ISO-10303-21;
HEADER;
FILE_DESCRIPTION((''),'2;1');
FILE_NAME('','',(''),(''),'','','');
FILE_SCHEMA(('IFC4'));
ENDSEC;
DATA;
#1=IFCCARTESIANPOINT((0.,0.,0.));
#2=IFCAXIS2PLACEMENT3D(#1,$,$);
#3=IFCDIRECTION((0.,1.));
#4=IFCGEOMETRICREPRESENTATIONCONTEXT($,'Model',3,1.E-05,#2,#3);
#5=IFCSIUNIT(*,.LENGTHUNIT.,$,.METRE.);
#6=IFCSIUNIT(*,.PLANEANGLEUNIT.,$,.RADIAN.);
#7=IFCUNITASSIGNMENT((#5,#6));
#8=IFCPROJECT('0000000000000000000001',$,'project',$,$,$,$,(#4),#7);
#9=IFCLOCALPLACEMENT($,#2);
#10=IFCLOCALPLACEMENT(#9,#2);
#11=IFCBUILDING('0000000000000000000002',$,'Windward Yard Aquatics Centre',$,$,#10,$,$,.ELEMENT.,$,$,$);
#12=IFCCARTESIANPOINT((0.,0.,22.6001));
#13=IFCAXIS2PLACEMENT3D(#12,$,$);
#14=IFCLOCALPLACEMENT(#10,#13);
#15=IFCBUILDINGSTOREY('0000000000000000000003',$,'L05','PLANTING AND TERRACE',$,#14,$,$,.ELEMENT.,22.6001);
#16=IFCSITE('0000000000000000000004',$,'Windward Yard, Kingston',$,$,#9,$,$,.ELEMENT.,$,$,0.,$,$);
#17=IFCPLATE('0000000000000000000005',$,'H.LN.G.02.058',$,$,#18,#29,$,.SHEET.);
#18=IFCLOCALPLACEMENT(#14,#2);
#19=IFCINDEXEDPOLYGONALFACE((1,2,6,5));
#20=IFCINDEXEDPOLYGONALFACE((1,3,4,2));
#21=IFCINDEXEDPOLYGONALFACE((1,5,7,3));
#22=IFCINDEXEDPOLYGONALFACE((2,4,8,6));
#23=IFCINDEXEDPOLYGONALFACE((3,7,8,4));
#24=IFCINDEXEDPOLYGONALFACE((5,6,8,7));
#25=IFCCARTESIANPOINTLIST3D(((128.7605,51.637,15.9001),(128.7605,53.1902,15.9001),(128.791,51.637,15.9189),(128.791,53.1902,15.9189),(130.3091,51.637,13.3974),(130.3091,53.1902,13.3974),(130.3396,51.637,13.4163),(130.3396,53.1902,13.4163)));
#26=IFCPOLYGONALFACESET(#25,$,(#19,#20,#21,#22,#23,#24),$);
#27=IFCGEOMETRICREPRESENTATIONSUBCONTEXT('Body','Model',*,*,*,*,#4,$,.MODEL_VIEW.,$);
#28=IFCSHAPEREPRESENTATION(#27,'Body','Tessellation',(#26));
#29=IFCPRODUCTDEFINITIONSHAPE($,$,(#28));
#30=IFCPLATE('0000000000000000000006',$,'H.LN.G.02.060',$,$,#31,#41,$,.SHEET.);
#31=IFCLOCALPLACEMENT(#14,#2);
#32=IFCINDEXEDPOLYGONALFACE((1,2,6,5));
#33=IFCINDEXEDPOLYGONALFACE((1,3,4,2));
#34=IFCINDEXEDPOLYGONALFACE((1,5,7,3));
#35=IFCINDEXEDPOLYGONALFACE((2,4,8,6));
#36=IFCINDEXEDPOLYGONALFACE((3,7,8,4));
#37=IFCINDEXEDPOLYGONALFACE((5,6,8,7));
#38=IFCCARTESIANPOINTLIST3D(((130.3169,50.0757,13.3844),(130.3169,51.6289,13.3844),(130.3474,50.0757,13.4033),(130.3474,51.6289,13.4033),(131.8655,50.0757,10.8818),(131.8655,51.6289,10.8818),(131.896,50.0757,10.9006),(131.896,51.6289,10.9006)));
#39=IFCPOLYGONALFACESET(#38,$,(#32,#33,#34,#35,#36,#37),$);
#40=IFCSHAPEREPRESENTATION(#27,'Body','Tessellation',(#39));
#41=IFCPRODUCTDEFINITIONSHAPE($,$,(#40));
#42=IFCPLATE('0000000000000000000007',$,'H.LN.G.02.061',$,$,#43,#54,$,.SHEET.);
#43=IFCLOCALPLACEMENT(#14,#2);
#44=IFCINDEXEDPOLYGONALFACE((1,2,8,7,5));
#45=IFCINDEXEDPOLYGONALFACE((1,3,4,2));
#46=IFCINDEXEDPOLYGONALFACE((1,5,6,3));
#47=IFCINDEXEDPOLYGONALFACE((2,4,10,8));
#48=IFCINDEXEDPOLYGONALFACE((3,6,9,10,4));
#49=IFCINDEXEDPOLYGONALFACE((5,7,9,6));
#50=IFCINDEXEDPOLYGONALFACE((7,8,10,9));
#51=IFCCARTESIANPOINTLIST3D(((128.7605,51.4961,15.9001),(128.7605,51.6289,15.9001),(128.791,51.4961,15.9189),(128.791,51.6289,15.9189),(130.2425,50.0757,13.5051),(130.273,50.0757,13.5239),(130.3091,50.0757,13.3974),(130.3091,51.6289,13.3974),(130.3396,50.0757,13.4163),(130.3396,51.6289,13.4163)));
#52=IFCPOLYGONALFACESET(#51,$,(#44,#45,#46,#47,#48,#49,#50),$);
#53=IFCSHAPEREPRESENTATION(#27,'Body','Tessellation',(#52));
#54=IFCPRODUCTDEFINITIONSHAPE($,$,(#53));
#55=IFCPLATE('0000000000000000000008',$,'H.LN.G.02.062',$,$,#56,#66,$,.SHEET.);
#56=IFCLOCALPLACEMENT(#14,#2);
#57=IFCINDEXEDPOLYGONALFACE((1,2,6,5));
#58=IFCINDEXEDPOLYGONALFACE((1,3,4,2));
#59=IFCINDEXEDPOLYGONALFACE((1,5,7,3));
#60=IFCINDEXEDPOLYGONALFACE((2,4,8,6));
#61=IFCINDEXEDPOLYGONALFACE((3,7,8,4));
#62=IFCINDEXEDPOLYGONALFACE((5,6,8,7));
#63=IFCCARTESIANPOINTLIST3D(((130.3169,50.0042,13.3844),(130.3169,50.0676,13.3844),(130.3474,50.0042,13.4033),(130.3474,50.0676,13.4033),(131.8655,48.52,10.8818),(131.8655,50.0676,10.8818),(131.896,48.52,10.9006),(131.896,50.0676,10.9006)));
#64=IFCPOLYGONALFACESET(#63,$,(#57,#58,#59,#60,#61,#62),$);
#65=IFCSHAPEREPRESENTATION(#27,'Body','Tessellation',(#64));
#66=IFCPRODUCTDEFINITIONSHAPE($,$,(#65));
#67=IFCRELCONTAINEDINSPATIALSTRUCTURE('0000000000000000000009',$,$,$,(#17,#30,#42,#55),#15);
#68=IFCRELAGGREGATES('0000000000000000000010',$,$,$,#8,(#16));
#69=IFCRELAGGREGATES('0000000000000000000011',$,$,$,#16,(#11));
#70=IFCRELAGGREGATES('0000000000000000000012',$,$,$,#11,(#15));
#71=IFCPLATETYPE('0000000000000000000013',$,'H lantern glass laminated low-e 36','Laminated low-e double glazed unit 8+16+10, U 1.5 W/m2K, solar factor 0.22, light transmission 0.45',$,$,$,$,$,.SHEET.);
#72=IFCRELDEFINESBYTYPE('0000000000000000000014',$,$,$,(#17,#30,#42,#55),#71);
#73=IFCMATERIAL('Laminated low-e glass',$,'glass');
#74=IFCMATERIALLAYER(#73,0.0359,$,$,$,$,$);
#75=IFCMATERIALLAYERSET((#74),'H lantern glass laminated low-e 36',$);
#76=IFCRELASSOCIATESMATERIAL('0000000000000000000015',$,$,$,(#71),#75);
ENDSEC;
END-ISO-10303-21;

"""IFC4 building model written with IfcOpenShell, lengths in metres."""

from ifc_helpers import new_model, si_unit, direction, frame, origin, place, context, subcontext, project, spatial, polyline, outline, extrude, material, layer, layer_set, type_object, element, save


model = new_model("IFC4")

# Units and contexts
model_context = context("Model", 3, precision=1e-05, world=origin(), true_north=direction((0.0, 1.0)))
body_context = subcontext(model_context, "Body", "Model", "MODEL_VIEW")
ifc_project = project(units=[si_unit("LENGTHUNIT", "METRE"), si_unit("PLANEANGLEUNIT", "RADIAN")], contexts=[model_context])

# Site, building, storey
site_placement = place(None, origin())
site = spatial("IfcSite", under=ifc_project, at=site_placement, Name="Windward Yard, Kingston", CompositionType="ELEMENT", RefElevation=0.0)
building_placement = place(site_placement, origin())
building = spatial("IfcBuilding", under=site, at=building_placement, Name="Windward Yard Aquatics Centre", CompositionType="ELEMENT")
storey_placement = place(building_placement, frame((0.0, 0.0, 22.6001)))
storey = spatial("IfcBuildingStorey", under=building, at=storey_placement, Name="L05", Description="PLANTING AND TERRACE", CompositionType="ELEMENT", Elevation=22.6001)

# Plates
ifc_material_1 = material(Name="Laminated low-e glass", Category="glass")
ifc_layer = layer(ifc_material_1, 0.0359)
ifc_layer_set = layer_set([ifc_layer], Name="H lantern glass laminated low-e 36")
plate_type = type_object("IfcPlateType", Name="H lantern glass laminated low-e 36", Description="Laminated low-e double glazed unit 8+16+10, U 1.5 W/m2K, solar factor 0.22, light transmission 0.45", PredefinedType="SHEET", material=ifc_layer_set)
for number, where, z_axis, x_axis, name in (
    (1, (128.791, 51.637, 15.9189), (0.850371, 0.0, 0.526183), (0.0, 1.0, 0.0), "H.LN.G.02.058"),
    (2, (130.3474, 50.0757, 13.4033), (0.850371, 0.0, 0.526183), (0.0, 1.0, 0.0), "H.LN.G.02.060"),
):
    element("IfcPlate", number, at=place(storey_placement, frame(where, z_axis=z_axis, x_axis=x_axis)), inside=storey, type_object=plate_type, Name=name, PredefinedType="SHEET", context=body_context, shape_type="SweptSolid", body=[
        extrude(outline(polyline([(0.0, 0.0), (1.5532, 0.0), (1.5532, -2.9431), (0.0, -2.9431), (0.0, 0.0)])), origin(), (0.0, 0.0, -1.0), 0.0359),
    ])
plate_1_placement = place(storey_placement, frame((128.791, 51.4961, 15.9189), z_axis=(0.850367, -0.000015, 0.526189), x_axis=(0.000012, 1.0, 0.000008)))
element("IfcPlate", 3, at=plate_1_placement, inside=storey, type_object=plate_type, Name="H.LN.G.02.061", PredefinedType="SHEET", context=body_context, shape_type="SweptSolid", body=[
    extrude(outline(polyline([(0.0, 0.0), (0.1328, 0.0), (0.1328, -2.9431), (-1.4204, -2.9431), (-1.4204, -2.8164), (0.0, 0.0)])), origin(), (0.0, 0.0, -1.0), 0.0359),
])
plate_2_placement = place(storey_placement, frame((130.3474, 50.0042, 13.4033), z_axis=(0.850371, 0.0, 0.526183), x_axis=(0.0, 1.0, 0.0)))
element("IfcPlate", 4, at=plate_2_placement, inside=storey, type_object=plate_type, Name="H.LN.G.02.062", PredefinedType="SHEET", context=body_context, shape_type="SweptSolid", body=[
    extrude(outline(polyline([(0.0, 0.0), (0.0635, 0.0), (0.0635, -2.9431), (-1.4841, -2.9431), (0.0, 0.0)])), origin(), (0.0, 0.0, -1.0), 0.0359),
])

save(model, "model.ifc")
